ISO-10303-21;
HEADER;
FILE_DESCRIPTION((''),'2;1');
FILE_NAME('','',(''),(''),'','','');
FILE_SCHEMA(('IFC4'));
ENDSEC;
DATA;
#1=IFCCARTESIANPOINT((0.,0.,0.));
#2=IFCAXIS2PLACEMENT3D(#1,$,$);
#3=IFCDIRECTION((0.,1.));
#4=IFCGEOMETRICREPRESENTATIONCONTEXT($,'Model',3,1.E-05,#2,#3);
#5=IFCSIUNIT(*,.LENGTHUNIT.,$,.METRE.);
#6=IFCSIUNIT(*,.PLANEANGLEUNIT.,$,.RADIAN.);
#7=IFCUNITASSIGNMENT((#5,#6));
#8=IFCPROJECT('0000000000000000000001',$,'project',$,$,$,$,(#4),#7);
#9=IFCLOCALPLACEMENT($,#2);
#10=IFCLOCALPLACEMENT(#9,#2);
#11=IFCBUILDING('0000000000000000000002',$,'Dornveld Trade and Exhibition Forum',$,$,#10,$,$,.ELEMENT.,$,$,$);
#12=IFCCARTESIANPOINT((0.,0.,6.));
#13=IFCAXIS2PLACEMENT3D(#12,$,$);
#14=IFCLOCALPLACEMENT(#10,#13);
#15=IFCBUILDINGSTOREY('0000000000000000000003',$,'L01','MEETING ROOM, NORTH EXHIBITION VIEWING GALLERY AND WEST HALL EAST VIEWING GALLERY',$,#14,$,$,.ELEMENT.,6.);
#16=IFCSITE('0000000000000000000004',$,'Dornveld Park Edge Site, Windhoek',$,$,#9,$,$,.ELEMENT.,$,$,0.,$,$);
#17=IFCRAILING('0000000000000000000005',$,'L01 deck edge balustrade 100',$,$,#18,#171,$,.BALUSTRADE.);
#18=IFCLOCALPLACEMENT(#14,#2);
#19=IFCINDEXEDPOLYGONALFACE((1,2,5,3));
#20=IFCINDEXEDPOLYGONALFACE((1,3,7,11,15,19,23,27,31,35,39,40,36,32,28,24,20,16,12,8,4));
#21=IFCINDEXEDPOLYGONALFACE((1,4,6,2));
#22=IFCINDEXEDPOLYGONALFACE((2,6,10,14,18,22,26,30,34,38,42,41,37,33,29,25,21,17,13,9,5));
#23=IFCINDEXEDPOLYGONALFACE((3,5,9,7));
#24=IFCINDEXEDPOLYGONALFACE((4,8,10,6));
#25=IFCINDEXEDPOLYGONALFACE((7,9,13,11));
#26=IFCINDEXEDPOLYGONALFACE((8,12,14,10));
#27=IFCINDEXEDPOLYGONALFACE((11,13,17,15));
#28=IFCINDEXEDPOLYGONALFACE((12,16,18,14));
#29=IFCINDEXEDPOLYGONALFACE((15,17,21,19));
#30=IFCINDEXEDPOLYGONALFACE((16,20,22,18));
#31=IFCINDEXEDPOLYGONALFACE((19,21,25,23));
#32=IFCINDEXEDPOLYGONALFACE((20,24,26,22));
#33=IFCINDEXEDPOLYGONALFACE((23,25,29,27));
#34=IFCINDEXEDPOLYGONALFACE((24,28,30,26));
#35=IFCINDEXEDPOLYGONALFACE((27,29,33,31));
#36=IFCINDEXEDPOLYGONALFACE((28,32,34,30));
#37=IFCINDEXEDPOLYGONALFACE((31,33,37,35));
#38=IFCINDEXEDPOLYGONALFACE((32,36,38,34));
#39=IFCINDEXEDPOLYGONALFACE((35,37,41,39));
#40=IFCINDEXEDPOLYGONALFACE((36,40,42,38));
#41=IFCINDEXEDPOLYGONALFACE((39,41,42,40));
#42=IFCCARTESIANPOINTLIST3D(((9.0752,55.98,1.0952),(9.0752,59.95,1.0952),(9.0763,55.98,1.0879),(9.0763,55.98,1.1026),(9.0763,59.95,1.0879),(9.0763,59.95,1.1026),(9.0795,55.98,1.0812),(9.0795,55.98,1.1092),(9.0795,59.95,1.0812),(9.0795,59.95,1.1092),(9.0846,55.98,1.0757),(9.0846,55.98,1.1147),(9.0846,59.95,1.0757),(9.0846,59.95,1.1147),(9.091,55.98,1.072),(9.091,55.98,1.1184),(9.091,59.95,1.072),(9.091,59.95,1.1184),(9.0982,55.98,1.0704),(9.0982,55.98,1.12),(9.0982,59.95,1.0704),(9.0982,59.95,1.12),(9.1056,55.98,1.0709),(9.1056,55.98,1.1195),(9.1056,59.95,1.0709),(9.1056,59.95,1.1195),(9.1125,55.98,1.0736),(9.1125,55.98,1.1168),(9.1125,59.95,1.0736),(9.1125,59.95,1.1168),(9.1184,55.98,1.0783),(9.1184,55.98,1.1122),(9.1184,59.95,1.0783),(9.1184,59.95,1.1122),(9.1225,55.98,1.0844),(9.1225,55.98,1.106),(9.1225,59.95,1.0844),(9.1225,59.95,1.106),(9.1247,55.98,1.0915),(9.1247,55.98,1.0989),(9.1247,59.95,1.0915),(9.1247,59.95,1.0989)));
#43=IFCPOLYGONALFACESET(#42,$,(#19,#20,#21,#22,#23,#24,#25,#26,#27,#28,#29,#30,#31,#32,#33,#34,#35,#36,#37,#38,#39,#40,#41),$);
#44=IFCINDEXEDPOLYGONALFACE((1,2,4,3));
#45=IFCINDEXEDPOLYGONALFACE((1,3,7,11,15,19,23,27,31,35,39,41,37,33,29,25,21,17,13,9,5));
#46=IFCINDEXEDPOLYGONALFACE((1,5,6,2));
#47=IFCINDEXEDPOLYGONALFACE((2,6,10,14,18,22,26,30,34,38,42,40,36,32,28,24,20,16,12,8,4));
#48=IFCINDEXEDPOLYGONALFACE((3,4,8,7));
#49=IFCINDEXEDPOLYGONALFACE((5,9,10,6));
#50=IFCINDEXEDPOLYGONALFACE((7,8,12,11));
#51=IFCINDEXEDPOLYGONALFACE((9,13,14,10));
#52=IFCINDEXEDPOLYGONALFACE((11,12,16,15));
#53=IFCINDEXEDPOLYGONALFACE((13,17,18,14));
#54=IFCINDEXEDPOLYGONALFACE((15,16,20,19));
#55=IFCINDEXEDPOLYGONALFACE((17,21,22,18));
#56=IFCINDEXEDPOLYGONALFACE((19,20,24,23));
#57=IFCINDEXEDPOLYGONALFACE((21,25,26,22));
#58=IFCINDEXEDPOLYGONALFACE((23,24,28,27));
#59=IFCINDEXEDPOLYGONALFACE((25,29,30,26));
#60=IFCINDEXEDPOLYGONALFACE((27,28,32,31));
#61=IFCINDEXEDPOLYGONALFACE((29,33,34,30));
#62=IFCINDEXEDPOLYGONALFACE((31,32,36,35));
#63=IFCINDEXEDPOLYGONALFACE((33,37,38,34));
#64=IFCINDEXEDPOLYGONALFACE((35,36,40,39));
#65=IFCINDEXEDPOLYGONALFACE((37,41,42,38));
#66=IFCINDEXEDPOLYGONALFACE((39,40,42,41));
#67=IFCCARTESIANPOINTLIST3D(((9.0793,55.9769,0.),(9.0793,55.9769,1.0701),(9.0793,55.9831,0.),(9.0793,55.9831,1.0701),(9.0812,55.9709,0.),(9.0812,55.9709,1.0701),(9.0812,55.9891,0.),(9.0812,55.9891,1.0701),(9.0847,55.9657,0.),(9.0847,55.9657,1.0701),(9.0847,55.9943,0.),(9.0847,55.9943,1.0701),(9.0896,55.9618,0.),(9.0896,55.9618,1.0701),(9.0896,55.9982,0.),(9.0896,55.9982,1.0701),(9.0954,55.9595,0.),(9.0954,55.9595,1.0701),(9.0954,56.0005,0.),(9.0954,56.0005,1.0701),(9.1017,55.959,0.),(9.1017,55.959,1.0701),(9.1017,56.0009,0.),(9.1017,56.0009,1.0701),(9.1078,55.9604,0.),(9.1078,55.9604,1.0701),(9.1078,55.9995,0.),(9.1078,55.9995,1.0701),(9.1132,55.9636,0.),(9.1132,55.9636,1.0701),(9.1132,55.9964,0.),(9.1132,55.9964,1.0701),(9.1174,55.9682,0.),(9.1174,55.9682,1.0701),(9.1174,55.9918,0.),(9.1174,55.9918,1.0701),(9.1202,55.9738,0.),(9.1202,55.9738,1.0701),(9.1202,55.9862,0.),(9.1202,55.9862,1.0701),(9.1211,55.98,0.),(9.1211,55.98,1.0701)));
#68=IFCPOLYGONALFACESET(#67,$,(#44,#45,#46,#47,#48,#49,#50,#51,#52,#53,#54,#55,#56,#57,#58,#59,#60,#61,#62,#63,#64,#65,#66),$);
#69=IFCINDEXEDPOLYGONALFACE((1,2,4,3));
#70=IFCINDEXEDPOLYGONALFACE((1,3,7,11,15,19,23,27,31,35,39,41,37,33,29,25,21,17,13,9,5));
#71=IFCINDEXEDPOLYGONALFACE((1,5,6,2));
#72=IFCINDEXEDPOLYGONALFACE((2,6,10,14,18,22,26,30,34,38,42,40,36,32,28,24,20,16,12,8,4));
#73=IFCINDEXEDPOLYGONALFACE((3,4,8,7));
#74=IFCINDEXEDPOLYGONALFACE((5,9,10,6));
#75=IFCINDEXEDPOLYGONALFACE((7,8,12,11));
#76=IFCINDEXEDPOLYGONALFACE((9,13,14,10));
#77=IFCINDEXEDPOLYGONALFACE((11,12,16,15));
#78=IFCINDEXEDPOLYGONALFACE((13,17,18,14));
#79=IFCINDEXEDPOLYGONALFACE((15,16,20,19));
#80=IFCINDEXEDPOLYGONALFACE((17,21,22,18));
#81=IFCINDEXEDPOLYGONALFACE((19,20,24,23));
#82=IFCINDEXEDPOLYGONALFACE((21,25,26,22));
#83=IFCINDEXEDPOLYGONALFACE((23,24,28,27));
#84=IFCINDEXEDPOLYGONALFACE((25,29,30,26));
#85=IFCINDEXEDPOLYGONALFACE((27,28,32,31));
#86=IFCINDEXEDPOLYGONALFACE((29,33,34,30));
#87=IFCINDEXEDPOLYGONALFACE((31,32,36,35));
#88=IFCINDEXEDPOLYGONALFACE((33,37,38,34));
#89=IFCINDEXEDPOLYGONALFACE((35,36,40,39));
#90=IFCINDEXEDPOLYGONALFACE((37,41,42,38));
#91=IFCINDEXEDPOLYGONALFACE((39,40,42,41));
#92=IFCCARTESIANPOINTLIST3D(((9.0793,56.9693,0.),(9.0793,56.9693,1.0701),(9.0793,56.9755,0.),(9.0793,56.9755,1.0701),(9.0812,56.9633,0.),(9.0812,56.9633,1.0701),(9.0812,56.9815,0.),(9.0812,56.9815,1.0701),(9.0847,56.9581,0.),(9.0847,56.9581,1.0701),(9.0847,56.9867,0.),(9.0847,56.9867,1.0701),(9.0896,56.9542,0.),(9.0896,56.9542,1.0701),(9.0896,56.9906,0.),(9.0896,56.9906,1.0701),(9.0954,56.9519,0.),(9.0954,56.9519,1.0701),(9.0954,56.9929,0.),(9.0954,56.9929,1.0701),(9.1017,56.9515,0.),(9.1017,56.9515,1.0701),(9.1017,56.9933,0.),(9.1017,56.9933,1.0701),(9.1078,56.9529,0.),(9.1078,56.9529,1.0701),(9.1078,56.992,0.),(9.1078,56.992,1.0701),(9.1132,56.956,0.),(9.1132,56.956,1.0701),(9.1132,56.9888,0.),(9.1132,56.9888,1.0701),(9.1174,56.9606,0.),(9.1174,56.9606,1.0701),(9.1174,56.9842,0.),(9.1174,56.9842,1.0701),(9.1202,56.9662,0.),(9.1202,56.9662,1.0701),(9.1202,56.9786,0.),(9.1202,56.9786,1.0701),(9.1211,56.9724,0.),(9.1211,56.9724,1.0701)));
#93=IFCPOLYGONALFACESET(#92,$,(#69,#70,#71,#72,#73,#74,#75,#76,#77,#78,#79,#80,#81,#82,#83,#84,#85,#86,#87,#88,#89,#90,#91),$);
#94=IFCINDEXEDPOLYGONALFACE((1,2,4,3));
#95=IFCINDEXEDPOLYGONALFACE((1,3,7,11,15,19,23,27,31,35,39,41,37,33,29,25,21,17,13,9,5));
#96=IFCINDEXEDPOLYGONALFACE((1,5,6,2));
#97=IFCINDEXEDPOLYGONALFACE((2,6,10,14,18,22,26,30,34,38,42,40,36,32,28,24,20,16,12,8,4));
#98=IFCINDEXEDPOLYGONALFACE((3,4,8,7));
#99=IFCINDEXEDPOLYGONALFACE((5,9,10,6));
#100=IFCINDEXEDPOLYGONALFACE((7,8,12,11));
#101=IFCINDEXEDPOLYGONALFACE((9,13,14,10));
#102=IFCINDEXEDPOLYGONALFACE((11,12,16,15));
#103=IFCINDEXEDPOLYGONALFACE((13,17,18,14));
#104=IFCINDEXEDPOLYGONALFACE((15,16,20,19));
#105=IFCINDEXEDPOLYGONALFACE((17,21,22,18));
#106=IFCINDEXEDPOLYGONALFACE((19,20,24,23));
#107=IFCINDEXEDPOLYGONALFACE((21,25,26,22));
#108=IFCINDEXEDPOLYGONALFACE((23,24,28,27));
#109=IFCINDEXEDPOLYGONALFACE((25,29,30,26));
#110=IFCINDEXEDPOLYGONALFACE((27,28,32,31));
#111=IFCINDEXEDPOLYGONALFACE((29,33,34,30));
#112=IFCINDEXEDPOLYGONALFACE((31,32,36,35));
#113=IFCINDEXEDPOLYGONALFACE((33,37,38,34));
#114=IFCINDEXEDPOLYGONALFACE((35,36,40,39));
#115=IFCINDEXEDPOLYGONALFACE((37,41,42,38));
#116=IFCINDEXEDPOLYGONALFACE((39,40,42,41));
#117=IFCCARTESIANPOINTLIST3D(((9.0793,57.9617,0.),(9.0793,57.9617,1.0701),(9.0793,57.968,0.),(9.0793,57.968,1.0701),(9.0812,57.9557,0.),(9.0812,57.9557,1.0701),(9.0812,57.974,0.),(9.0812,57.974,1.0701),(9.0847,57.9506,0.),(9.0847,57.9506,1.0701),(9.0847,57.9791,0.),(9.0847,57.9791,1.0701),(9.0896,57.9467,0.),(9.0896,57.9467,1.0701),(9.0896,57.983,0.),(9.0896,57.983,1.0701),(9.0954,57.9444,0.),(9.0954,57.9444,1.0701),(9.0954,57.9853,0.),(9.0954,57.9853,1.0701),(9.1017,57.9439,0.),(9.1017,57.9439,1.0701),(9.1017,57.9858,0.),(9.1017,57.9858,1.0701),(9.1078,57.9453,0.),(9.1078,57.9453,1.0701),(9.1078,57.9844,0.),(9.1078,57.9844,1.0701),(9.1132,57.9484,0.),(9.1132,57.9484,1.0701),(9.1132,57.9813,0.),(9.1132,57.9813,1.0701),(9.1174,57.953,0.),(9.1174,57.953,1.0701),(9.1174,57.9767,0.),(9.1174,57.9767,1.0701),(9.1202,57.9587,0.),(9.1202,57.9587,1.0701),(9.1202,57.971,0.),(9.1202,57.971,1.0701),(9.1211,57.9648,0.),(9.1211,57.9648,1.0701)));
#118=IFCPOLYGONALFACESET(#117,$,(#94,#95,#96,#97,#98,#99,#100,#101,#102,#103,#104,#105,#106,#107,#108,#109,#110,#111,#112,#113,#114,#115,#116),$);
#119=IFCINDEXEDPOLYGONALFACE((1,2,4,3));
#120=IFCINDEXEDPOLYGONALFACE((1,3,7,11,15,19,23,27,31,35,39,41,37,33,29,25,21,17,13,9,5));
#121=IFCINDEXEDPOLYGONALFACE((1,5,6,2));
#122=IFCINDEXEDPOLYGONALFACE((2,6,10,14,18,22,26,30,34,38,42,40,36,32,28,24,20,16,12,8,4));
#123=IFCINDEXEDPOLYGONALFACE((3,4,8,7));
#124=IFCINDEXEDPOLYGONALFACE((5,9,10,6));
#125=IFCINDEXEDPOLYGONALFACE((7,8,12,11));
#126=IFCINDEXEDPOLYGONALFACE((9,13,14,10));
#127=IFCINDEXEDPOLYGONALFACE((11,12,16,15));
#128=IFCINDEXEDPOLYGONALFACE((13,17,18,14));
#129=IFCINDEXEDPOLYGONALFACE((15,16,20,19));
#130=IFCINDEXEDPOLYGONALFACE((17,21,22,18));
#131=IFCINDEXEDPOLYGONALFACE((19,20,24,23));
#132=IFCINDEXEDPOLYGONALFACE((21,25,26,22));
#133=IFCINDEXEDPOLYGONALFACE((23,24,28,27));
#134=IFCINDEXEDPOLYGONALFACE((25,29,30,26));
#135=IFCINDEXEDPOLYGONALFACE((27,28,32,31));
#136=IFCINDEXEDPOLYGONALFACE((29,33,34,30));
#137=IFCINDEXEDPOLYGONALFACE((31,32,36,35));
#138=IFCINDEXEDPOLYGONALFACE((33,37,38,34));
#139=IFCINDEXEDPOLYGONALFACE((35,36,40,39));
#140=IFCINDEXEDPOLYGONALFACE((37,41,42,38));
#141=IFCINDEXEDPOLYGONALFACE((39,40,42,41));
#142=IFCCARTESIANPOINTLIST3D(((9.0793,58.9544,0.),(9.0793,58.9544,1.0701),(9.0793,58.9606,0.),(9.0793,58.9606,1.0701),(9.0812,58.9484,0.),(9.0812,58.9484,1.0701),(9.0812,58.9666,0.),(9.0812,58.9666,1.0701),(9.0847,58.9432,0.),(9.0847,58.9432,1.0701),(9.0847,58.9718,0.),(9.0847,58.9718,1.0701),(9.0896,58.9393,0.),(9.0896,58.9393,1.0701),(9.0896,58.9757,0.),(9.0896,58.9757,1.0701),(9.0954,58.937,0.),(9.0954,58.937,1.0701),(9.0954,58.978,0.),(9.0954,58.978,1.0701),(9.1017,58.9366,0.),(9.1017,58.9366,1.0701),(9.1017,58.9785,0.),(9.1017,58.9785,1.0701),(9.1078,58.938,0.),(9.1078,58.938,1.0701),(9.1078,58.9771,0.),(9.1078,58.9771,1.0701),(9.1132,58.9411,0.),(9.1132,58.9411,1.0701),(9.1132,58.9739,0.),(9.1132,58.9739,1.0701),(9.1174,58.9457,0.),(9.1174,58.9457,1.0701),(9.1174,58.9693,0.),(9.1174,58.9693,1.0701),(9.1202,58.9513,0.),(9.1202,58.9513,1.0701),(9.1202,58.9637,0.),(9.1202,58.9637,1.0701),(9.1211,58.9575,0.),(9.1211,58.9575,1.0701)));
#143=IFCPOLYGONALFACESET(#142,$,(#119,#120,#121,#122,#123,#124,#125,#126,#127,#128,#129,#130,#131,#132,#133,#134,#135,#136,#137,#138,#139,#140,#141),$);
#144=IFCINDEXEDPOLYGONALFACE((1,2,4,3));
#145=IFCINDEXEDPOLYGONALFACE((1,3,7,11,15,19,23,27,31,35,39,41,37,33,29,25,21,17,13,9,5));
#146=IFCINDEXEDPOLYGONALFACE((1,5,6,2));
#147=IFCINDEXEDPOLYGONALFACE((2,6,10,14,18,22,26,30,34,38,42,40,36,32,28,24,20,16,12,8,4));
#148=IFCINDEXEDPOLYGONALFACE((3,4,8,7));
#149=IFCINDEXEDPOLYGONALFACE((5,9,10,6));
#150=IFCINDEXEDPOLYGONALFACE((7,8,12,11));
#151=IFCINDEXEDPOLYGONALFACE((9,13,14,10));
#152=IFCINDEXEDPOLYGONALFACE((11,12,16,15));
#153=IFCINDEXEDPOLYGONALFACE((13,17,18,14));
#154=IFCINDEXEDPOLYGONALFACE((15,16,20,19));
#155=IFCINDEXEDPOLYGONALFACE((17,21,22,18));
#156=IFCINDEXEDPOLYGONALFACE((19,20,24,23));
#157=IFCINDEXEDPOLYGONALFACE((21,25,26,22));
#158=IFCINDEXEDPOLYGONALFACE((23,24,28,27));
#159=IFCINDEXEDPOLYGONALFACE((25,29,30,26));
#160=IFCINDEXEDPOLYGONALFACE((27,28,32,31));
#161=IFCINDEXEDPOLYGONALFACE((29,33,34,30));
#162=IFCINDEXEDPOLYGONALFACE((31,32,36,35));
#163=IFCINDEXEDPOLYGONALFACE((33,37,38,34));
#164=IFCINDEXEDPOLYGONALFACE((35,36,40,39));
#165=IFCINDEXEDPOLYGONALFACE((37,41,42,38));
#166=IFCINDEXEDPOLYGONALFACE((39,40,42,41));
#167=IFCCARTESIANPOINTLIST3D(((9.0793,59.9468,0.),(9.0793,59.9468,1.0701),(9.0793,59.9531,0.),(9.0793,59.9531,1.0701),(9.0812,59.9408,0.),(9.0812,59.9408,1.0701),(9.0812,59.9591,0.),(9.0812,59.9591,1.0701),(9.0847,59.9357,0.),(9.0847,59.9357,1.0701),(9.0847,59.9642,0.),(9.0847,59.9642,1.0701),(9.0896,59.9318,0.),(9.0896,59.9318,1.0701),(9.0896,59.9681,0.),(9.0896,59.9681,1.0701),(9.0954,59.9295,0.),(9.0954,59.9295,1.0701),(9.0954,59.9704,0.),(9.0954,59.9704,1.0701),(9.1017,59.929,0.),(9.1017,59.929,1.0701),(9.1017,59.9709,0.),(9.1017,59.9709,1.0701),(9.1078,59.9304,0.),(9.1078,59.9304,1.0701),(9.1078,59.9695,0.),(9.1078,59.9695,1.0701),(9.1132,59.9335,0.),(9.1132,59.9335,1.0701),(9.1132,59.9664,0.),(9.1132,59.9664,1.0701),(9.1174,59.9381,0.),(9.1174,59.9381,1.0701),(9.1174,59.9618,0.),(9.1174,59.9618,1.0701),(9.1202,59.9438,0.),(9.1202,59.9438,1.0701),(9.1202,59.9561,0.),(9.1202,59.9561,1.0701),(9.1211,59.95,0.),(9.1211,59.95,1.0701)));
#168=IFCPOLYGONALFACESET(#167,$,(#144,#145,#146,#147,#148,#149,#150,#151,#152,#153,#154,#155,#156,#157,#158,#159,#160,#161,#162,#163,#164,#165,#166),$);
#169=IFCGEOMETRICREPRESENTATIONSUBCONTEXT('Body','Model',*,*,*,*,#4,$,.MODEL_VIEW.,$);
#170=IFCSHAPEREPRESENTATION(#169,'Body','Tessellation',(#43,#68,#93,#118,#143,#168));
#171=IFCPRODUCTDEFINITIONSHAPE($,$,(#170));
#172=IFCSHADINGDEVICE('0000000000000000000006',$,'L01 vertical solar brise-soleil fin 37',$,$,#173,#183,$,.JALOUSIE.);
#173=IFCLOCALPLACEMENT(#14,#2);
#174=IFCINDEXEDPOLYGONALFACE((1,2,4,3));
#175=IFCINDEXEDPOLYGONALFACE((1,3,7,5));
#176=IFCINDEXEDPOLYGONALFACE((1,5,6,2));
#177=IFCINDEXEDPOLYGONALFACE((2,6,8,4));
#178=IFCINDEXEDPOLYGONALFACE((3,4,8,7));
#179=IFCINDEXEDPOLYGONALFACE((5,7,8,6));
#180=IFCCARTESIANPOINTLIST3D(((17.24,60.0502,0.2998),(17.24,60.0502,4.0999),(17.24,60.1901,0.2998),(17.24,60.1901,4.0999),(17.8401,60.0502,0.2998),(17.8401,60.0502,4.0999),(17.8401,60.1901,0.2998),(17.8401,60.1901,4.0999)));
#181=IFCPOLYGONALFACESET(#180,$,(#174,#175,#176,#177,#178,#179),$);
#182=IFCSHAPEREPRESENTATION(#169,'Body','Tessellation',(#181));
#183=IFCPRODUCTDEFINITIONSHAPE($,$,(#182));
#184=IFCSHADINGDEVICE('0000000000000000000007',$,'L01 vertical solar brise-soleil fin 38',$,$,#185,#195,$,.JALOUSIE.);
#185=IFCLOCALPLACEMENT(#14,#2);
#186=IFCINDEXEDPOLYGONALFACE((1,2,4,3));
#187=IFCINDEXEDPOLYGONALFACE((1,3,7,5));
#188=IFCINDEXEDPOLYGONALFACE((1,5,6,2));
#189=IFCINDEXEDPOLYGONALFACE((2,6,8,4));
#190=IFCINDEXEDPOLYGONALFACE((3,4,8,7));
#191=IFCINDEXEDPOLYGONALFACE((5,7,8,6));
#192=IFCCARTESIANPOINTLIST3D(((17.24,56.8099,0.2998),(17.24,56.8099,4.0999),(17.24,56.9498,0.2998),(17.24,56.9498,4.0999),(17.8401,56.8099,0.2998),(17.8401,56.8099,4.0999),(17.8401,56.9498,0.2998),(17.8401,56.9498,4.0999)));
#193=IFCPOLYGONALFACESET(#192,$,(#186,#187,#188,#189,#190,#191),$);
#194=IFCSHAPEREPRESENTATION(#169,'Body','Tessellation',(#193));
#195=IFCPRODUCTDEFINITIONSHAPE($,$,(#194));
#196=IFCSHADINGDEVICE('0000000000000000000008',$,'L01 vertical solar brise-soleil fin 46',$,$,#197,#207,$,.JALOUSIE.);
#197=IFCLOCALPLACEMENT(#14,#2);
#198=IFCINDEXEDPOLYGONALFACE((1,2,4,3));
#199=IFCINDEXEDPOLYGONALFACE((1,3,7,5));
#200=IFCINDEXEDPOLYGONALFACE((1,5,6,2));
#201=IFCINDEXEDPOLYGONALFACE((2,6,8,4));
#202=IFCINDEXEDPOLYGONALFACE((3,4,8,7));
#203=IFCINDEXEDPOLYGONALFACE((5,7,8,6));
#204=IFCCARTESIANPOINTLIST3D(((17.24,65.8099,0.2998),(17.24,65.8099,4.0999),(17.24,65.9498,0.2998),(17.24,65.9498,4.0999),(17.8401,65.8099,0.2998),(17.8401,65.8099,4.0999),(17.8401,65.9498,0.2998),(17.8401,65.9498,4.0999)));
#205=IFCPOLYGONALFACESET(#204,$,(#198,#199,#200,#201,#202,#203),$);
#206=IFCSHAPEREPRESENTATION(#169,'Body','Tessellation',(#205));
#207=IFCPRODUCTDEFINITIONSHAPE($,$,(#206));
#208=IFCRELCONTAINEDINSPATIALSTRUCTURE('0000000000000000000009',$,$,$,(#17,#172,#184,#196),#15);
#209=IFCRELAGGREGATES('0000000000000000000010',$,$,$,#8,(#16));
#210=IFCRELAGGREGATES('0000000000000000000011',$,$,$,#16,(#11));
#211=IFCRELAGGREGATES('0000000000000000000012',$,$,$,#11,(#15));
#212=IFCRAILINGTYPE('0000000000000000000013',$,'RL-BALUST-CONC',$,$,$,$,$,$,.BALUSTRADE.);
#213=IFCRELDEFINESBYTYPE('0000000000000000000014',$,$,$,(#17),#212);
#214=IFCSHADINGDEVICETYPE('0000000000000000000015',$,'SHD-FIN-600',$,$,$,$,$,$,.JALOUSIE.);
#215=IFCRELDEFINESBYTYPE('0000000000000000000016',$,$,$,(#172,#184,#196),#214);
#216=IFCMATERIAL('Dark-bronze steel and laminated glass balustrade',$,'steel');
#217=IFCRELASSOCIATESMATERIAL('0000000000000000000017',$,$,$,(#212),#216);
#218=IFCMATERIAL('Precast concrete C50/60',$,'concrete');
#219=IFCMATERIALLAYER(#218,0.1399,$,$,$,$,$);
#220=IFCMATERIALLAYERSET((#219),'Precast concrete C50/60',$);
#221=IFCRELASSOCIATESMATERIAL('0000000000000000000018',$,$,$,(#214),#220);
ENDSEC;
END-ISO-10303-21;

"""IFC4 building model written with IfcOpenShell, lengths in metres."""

from ifc_helpers import new_model, si_unit, direction, frame, origin, origin_2d, place, context, subcontext, project, spatial, rectangle, circle, extrude, material, layer, layer_set, type_object, element, save


model = new_model("IFC4")

# Units and contexts
model_context = context("Model", 3, precision=1e-05, world=origin(), true_north=direction((0.0, 1.0)))
body_context = subcontext(model_context, "Body", "Model", "MODEL_VIEW")
ifc_project = project(units=[si_unit("LENGTHUNIT", "METRE"), si_unit("PLANEANGLEUNIT", "RADIAN")], contexts=[model_context])

# Site, building, storey
site_placement = place(None, origin())
site = spatial("IfcSite", under=ifc_project, at=site_placement, Name="Dornveld Park Edge Site, Windhoek", CompositionType="ELEMENT", RefElevation=0.0)
building_placement = place(site_placement, origin())
building = spatial("IfcBuilding", under=site, at=building_placement, Name="Dornveld Trade and Exhibition Forum", CompositionType="ELEMENT")
storey_placement = place(building_placement, frame((0.0, 0.0, 6.0)))
storey = spatial("IfcBuildingStorey", under=building, at=storey_placement, Name="L01", Description="MEETING ROOM, NORTH EXHIBITION VIEWING GALLERY AND WEST HALL EAST VIEWING GALLERY", CompositionType="ELEMENT", Elevation=6.0)

# Railing
ifc_material_1 = material(Name="Dark-bronze steel and laminated glass balustrade", Category="steel")
railing_type_1 = type_object("IfcRailingType", Name="RL-BALUST-CONC", PredefinedType="BALUSTRADE", material=ifc_material_1)
railing_1_placement = place(storey_placement, frame((9.1001, 55.98, 0.0)))
element("IfcRailing", 1, at=railing_1_placement, inside=storey, type_object=railing_type_1, Name="L01 deck edge balustrade 100", PredefinedType="BALUSTRADE", context=body_context, shape_type="SweptSolid", body=[
    extrude(circle(Radius=0.0249, at=origin_2d()), frame((0.0, 0.0, 1.0952), z_axis=(0.0, 1.0, 0.0), x_axis=(-1.0, 0.0, 0.0)), (0.0, 0.0, 1.0), 3.97),
    extrude(circle(Radius=0.021, at=origin_2d()), origin(), (0.0, 0.0, 1.0), 1.0701),
    extrude(circle(Radius=0.021, at=origin_2d()), frame((0.0, 0.9924, 0.0)), (0.0, 0.0, 1.0), 1.0701),
    extrude(circle(Radius=0.021, at=origin_2d()), frame((0.0, 1.9849, 0.0)), (0.0, 0.0, 1.0), 1.0701),
    extrude(circle(Radius=0.021, at=origin_2d()), frame((0.0, 2.9775, 0.0)), (0.0, 0.0, 1.0), 1.0701),
    extrude(circle(Radius=0.021, at=origin_2d()), frame((0.0, 3.97, 0.0)), (0.0, 0.0, 1.0), 1.0701),
])

# Shading devices
ifc_material_2 = material(Name="Precast concrete C50/60", Category="concrete")
ifc_layer_1 = layer(ifc_material_2, 0.1399)
ifc_layer_set_1 = layer_set([ifc_layer_1], Name="Precast concrete C50/60")
shading_device_type = type_object("IfcShadingDeviceType", Name="SHD-FIN-600", PredefinedType="JALOUSIE", material=ifc_layer_set_1)
for number, where, z_axis, x_axis, name in (
    (2, (17.54, 60.1201, 0.2998), (0.0, 0.0, 1.0), (0.0, -1.0, 0.0), "L01 vertical solar brise-soleil fin 37"),
    (3, (17.54, 56.8799, 0.2998), (0.0, 0.0, 1.0), (0.0, -1.0, 0.0), "L01 vertical solar brise-soleil fin 38"),
    (4, (17.54, 65.8799, 0.2998), (0.0, 0.0, 1.0), (0.0, -1.0, 0.0), "L01 vertical solar brise-soleil fin 46"),
):
    element("IfcShadingDevice", number, at=place(storey_placement, frame(where, z_axis=z_axis, x_axis=x_axis)), inside=storey, type_object=shading_device_type, Name=name, PredefinedType="JALOUSIE", context=body_context, shape_type="SweptSolid", body=[
        extrude(rectangle(XDim=0.1399, YDim=0.6001, at=origin_2d()), origin(), (0.0, 0.0, 1.0), 3.8),
    ])

save(model, "model.ifc")
